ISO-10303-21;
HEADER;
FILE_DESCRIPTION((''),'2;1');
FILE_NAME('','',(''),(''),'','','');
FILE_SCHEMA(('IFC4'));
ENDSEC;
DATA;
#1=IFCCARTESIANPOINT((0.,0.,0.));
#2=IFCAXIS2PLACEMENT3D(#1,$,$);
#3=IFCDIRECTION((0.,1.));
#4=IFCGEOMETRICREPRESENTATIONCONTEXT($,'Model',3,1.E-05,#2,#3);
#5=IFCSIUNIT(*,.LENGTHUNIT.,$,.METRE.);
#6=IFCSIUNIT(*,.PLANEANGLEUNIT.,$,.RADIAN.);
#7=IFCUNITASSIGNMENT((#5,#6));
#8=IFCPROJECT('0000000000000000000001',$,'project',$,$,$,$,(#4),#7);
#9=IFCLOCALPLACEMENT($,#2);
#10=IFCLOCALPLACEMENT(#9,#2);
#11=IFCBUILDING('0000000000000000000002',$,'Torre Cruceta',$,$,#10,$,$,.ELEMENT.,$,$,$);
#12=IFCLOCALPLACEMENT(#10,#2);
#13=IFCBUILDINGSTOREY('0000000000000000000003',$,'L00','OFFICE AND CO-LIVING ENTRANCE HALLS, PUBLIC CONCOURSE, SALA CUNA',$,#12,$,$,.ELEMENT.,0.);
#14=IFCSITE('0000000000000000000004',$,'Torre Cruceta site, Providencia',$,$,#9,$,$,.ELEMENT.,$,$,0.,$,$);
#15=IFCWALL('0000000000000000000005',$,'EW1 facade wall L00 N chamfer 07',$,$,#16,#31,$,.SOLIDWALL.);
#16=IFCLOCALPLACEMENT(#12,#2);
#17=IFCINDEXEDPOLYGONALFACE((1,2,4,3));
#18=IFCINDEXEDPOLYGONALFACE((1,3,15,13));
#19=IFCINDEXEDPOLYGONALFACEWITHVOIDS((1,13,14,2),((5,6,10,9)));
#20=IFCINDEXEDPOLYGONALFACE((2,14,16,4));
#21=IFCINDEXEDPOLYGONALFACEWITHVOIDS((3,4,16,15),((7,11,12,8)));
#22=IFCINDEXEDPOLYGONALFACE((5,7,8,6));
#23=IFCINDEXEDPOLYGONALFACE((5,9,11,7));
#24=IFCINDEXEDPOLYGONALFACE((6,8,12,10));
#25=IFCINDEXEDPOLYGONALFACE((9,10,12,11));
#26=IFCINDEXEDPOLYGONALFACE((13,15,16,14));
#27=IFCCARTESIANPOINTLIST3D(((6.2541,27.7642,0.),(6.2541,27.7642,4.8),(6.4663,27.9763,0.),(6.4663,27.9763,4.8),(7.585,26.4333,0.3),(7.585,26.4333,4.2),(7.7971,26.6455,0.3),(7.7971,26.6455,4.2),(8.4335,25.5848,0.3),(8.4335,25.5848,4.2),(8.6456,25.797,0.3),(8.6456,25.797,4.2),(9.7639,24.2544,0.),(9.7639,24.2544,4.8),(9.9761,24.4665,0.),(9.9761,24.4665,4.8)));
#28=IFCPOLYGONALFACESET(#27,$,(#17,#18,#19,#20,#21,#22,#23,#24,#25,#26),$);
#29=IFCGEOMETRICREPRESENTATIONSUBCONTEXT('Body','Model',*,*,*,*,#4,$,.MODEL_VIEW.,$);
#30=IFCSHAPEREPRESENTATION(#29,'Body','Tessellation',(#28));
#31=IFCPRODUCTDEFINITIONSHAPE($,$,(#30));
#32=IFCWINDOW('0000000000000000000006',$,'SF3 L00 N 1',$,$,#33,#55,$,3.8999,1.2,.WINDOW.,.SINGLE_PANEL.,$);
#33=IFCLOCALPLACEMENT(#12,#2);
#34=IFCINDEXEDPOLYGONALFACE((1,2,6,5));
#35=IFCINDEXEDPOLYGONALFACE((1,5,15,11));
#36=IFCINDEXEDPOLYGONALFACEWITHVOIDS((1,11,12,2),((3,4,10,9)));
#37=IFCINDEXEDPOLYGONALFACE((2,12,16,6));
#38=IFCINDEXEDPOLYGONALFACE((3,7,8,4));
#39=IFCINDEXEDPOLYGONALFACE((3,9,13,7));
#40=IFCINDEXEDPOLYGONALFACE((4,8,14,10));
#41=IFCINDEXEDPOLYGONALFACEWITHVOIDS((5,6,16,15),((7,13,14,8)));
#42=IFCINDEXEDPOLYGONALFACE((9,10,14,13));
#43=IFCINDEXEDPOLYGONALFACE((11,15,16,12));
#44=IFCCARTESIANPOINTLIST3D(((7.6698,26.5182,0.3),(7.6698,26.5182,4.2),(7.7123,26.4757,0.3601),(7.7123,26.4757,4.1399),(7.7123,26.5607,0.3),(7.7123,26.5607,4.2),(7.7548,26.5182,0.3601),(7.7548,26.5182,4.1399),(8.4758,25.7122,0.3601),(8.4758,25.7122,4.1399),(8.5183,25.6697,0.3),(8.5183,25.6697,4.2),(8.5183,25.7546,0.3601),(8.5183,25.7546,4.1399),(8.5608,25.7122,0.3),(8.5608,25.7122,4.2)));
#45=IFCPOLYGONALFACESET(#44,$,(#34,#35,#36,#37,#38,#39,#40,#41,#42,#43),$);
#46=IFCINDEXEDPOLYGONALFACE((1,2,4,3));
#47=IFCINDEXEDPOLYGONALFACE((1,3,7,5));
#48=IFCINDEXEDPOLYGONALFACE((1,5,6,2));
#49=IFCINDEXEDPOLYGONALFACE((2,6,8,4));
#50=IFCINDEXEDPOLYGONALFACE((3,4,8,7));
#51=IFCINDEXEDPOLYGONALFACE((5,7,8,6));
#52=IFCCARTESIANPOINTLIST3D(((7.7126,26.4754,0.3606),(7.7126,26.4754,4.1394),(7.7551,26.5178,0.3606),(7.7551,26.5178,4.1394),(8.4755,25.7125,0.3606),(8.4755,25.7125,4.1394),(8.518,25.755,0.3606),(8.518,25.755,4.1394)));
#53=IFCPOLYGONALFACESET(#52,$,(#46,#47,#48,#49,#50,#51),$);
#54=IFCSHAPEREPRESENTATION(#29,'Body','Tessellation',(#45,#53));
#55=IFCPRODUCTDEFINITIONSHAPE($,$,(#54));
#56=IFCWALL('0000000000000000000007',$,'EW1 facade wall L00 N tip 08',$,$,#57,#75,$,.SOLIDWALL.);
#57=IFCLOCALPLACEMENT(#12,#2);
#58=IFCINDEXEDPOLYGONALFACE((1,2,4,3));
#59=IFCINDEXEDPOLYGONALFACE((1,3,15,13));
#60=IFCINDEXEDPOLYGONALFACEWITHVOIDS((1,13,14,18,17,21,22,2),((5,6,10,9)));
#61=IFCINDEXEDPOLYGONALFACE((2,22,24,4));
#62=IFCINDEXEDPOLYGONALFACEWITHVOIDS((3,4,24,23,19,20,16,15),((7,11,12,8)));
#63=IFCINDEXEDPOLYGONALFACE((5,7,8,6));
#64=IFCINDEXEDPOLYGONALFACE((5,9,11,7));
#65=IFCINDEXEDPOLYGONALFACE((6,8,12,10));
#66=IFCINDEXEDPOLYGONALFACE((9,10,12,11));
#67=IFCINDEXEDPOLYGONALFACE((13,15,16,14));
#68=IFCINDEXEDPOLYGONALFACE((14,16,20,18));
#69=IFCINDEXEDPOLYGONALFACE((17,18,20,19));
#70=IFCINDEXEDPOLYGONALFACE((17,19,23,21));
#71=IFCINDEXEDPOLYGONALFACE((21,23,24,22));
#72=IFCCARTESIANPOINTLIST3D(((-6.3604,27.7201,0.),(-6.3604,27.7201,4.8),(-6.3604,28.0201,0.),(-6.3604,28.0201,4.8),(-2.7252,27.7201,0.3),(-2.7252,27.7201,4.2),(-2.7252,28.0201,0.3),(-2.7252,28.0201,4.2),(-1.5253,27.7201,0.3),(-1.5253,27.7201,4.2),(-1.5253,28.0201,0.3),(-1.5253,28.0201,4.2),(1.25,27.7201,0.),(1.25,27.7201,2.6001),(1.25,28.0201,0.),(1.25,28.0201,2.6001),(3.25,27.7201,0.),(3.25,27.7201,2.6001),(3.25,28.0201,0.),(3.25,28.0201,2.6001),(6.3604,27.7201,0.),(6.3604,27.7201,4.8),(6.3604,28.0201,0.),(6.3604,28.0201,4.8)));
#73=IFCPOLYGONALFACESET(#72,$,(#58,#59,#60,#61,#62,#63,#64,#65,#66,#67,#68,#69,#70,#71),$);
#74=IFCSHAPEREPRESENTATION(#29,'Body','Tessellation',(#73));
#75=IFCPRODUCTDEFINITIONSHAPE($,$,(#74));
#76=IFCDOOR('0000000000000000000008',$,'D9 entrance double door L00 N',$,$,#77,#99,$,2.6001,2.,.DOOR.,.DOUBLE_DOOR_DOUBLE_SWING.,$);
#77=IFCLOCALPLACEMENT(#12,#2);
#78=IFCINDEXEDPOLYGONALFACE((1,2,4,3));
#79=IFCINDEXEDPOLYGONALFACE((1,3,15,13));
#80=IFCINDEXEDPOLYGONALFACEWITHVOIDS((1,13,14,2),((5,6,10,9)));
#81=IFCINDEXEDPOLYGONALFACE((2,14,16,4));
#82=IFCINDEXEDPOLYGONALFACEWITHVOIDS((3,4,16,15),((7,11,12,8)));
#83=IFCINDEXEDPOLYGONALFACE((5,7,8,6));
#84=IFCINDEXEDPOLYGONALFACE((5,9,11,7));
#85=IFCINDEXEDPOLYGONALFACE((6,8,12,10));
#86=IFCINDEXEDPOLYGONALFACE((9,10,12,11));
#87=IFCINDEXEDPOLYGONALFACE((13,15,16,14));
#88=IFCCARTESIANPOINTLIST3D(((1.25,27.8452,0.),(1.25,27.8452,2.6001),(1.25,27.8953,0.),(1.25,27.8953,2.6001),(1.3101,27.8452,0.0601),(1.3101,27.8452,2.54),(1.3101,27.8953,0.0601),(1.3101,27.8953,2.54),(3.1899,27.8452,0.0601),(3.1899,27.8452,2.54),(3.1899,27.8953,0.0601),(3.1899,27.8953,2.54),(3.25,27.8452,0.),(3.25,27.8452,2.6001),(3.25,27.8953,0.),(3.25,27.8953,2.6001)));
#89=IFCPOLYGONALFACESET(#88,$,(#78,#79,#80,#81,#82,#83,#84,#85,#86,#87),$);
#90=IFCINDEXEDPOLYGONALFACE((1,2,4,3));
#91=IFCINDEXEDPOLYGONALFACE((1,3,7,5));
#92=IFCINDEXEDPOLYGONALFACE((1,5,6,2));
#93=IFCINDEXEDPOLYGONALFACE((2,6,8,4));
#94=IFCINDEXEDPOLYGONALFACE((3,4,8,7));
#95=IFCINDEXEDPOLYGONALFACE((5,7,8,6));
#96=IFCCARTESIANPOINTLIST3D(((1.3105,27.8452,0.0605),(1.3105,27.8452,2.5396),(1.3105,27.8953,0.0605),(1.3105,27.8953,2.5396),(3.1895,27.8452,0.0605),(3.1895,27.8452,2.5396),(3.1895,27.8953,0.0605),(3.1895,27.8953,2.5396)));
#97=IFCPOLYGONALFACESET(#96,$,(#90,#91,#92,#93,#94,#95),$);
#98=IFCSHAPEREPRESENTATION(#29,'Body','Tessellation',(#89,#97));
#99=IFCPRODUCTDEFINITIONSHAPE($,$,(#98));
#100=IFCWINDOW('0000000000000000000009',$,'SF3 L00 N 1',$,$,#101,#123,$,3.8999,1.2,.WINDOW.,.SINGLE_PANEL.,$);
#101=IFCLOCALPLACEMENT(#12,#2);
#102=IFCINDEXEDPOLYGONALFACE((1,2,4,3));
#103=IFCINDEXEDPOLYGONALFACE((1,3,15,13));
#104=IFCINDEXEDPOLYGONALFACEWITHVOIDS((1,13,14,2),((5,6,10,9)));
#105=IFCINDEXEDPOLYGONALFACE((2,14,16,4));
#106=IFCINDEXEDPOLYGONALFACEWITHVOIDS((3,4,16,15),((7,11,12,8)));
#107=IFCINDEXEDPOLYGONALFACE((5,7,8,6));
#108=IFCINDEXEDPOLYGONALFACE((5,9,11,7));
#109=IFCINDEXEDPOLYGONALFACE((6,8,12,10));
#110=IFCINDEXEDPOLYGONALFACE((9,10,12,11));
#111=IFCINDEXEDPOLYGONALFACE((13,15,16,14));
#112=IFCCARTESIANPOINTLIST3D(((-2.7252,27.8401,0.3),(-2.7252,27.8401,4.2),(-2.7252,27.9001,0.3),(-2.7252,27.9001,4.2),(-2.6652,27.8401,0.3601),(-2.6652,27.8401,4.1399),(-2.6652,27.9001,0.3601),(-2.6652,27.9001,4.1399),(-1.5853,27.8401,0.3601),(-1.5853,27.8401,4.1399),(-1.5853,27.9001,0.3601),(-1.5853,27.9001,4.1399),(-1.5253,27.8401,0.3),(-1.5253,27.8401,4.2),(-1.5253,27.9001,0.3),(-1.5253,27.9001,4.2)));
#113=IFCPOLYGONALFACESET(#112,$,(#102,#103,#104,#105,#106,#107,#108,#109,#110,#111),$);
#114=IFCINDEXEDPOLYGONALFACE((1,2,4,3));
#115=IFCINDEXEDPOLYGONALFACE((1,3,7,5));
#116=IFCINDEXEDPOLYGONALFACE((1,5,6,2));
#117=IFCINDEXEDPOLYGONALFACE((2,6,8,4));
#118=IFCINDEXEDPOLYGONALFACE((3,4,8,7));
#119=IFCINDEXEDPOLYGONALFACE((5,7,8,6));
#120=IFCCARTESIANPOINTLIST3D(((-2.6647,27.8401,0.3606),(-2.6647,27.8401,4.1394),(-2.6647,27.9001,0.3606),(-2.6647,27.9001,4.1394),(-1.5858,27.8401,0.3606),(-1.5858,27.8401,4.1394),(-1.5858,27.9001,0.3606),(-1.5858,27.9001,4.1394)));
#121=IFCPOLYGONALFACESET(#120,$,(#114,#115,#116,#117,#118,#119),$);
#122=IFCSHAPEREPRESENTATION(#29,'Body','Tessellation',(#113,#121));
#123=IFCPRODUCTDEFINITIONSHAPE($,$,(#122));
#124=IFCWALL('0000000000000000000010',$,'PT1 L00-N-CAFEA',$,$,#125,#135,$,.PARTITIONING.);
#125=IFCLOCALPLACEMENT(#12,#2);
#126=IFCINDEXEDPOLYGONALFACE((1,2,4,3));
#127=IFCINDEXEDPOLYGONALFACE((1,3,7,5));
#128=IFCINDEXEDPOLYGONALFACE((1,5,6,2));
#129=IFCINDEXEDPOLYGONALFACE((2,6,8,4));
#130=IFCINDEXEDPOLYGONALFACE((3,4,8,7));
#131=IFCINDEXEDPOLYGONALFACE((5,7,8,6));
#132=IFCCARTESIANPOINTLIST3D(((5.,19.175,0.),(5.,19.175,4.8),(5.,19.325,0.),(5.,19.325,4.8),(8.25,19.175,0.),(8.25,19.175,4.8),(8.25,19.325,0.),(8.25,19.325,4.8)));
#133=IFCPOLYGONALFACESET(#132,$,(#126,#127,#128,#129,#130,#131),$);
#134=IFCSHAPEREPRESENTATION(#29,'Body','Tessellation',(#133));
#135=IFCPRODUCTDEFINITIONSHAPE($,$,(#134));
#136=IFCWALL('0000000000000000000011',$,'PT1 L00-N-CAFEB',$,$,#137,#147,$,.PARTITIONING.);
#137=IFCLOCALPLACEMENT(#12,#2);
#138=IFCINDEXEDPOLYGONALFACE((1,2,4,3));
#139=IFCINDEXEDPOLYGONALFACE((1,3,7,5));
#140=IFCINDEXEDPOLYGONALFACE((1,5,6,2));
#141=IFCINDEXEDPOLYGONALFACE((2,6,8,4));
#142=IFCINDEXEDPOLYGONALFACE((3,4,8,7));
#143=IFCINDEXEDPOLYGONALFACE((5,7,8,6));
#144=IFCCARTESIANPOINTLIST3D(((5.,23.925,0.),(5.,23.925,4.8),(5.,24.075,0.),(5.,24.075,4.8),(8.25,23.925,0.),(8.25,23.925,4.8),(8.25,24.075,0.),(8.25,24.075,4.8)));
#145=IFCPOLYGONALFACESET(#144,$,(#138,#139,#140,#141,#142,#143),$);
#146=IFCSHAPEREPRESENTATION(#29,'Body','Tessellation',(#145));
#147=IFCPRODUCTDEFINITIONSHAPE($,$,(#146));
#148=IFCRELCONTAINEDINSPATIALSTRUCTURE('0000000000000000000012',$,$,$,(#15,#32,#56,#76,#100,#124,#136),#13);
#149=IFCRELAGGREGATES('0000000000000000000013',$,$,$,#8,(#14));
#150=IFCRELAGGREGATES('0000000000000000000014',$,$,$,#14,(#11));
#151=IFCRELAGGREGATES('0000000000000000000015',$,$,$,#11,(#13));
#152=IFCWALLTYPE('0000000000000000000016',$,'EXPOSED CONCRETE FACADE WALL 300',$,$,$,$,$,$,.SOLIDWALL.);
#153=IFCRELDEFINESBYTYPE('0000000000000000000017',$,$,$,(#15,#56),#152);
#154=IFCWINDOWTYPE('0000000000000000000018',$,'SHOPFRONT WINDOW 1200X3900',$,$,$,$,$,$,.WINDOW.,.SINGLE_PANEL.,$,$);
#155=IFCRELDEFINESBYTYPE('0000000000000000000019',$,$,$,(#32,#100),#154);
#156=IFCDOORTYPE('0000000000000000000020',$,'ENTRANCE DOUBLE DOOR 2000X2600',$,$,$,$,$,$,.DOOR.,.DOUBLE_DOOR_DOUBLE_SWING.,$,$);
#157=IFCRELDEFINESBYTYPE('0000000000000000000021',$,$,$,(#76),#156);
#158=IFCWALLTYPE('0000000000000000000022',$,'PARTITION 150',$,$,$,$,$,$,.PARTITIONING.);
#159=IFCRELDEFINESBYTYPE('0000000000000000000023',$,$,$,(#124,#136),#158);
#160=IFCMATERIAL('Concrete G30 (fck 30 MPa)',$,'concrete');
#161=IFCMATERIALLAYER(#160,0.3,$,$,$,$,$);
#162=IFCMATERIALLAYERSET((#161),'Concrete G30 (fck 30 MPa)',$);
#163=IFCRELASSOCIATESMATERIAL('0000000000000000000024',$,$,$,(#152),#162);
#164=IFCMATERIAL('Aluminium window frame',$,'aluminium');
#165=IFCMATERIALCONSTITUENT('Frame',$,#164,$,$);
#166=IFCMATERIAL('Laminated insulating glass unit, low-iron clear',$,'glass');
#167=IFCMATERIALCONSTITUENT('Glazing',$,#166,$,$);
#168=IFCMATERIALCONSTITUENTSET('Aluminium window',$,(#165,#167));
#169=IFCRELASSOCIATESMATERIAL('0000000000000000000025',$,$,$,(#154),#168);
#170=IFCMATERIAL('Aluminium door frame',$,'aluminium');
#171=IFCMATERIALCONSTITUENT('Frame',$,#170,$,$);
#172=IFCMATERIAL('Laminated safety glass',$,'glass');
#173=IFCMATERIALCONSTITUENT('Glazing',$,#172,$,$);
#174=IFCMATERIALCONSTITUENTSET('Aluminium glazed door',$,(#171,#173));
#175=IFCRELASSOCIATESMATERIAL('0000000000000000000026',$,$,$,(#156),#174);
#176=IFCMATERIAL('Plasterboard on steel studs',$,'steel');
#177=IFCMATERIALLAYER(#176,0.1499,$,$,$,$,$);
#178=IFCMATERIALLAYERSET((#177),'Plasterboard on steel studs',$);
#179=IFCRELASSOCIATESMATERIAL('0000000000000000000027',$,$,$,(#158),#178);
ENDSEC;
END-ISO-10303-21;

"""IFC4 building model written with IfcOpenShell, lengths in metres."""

from ifc_helpers import new_model, si_unit, direction, frame, frame_2d, origin, place, context, subcontext, project, spatial, rectangle, hollow_rectangle, extrude, material, layer, layer_set, constituent, constituent_set, type_object, element, fill, save


model = new_model("IFC4")

# Units and contexts
model_context = context("Model", 3, precision=1e-05, world=origin(), true_north=direction((0.0, 1.0)))
body_context = subcontext(model_context, "Body", "Model", "MODEL_VIEW")
ifc_project = project(units=[si_unit("LENGTHUNIT", "METRE"), si_unit("PLANEANGLEUNIT", "RADIAN")], contexts=[model_context])

# Site, building, storey
site_placement = place(None, origin())
site = spatial("IfcSite", under=ifc_project, at=site_placement, Name="Torre Cruceta site, Providencia", CompositionType="ELEMENT", RefElevation=0.0)
building_placement = place(site_placement, origin())
building = spatial("IfcBuilding", under=site, at=building_placement, Name="Torre Cruceta", CompositionType="ELEMENT")
storey_placement = place(building_placement, origin())
storey = spatial("IfcBuildingStorey", under=building, at=storey_placement, Name="L00", Description="OFFICE AND CO-LIVING ENTRANCE HALLS, PUBLIC CONCOURSE, SALA CUNA", CompositionType="ELEMENT", Elevation=0.0)

# Wall, opening, window
ifc_material_1 = material(Name="Concrete G30 (fck 30 MPa)", Category="concrete")
ifc_layer_1 = layer(ifc_material_1, 0.3)
ifc_layer_set_1 = layer_set([ifc_layer_1], Name="Concrete G30 (fck 30 MPa)")
wall_type_1 = type_object("IfcWallType", Name="EXPOSED CONCRETE FACADE WALL 300", PredefinedType="SOLIDWALL", material=ifc_layer_set_1)
wall_1_placement = place(storey_placement, frame((9.8701, 24.3604, 0.0), z_axis=(0.0, 0.0, 1.0), x_axis=(-0.707107, 0.707107, 0.0)))
wall_1 = element("IfcWall", 1, at=wall_1_placement, inside=storey, type_object=wall_type_1, Name="EW1 facade wall L00 N chamfer 07", PredefinedType="SOLIDWALL", context=body_context, shape_type="SweptSolid", body=[
    extrude(rectangle(XDim=4.9636, YDim=0.3, at=frame_2d((2.4819, 0.0))), origin(), (0.0, 0.0, 1.0), 4.8),
])
opening_1_placement = place(wall_1_placement, frame((1.8816, 0.0, 0.3)))
opening_1 = element("IfcOpeningElement", 2, at=opening_1_placement, cuts=wall_1, PredefinedType="OPENING", context=body_context, shape_type="SweptSolid", body=[
    extrude(rectangle(XDim=1.2, YDim=3.8999, at=frame_2d((0.6001, 1.95))), frame((0.0, 0.1599, 0.0), z_axis=(0.0, -1.0, 0.0), x_axis=(1.0, 0.0, 0.0)), (0.0, 0.0, 1.0), 0.3201),
])
ifc_material_2 = material(Name="Aluminium window frame", Category="aluminium")
ifc_constituent_1 = constituent(ifc_material_2, Name="Frame")
ifc_material_3 = material(Name="Laminated insulating glass unit, low-iron clear", Category="glass")
ifc_constituent_2 = constituent(ifc_material_3, Name="Glazing")
ifc_constituent_set_1 = constituent_set(constituents=[ifc_constituent_1, ifc_constituent_2], Name="Aluminium window")
window_type_1 = type_object("IfcWindowType", Name="SHOPFRONT WINDOW 1200X3900", PartitioningType="SINGLE_PANEL", PredefinedType="WINDOW", material=ifc_constituent_set_1)
window_1_placement = place(opening_1_placement, origin())
window_1 = element("IfcWindow", 3, at=window_1_placement, inside=storey, type_object=window_type_1, Name="SF3 L00 N 1", OverallHeight=3.8999, OverallWidth=1.2, PartitioningType="SINGLE_PANEL", PredefinedType="WINDOW", context=body_context, shape_type="SweptSolid", body=[
    extrude(hollow_rectangle(XDim=1.2, YDim=3.8999, WallThickness=0.0601, at=frame_2d((0.6001, 1.95))), frame((0.0, 0.03, 0.0), z_axis=(0.0, -1.0, 0.0), x_axis=(1.0, 0.0, 0.0)), (0.0, 0.0, 1.0), 0.0601),
    extrude(rectangle(XDim=1.0789, YDim=3.7788, at=frame_2d((0.6001, 1.95))), frame((0.0, 0.03, 0.0), z_axis=(0.0, -1.0, 0.0), x_axis=(1.0, 0.0, 0.0)), (0.0, 0.0, 1.0), 0.0601),
])
fill(opening_1, window_1)

# Wall, openings, door, window
wall_2_placement = place(storey_placement, frame((6.3604, 27.8701, 0.0), z_axis=(0.0, 0.0, 1.0), x_axis=(-1.0, 0.0, 0.0)))
wall_2 = element("IfcWall", 4, at=wall_2_placement, inside=storey, type_object=wall_type_1, Name="EW1 facade wall L00 N tip 08", PredefinedType="SOLIDWALL", context=body_context, shape_type="SweptSolid", body=[
    extrude(rectangle(XDim=12.7207, YDim=0.3, at=frame_2d((6.3604, 0.0))), origin(), (0.0, 0.0, 1.0), 4.8),
])
opening_2_placement = place(wall_2_placement, frame((3.1104, 0.0, 0.0)))
opening_2 = element("IfcOpeningElement", 5, at=opening_2_placement, cuts=wall_2, PredefinedType="OPENING", context=body_context, shape_type="SweptSolid", body=[
    extrude(rectangle(XDim=2.0, YDim=2.6001, at=frame_2d((1.0, 1.3))), frame((0.0, 0.1599, 0.0), z_axis=(0.0, -1.0, 0.0), x_axis=(1.0, 0.0, 0.0)), (0.0, 0.0, 1.0), 0.3201),
])
opening_3_placement = place(wall_2_placement, frame((7.8855, 0.0, 0.3)))
opening_3 = element("IfcOpeningElement", 6, at=opening_3_placement, cuts=wall_2, PredefinedType="OPENING", context=body_context, shape_type="SweptSolid", body=[
    extrude(rectangle(XDim=1.2, YDim=3.8999, at=frame_2d((0.6001, 1.95))), frame((0.0, 0.1599, 0.0), z_axis=(0.0, -1.0, 0.0), x_axis=(1.0, 0.0, 0.0)), (0.0, 0.0, 1.0), 0.3201),
])
ifc_material_4 = material(Name="Aluminium door frame", Category="aluminium")
ifc_constituent_3 = constituent(ifc_material_4, Name="Frame")
ifc_material_5 = material(Name="Laminated safety glass", Category="glass")
ifc_constituent_4 = constituent(ifc_material_5, Name="Glazing")
ifc_constituent_set_2 = constituent_set(constituents=[ifc_constituent_3, ifc_constituent_4], Name="Aluminium glazed door")
door_type_1 = type_object("IfcDoorType", Name="ENTRANCE DOUBLE DOOR 2000X2600", OperationType="DOUBLE_DOOR_DOUBLE_SWING", PredefinedType="DOOR", material=ifc_constituent_set_2)
door_1_placement = place(opening_2_placement, origin())
door_1 = element("IfcDoor", 7, at=door_1_placement, inside=storey, type_object=door_type_1, Name="D9 entrance double door L00 N", OperationType="DOUBLE_DOOR_DOUBLE_SWING", OverallHeight=2.6001, OverallWidth=2.0, PredefinedType="DOOR", context=body_context, shape_type="SweptSolid", body=[
    extrude(hollow_rectangle(XDim=2.0, YDim=2.6001, WallThickness=0.0601, at=frame_2d((1.0, 1.3))), frame((0.0, 0.0249, 0.0), z_axis=(0.0, -1.0, 0.0), x_axis=(1.0, 0.0, 0.0)), (0.0, 0.0, 1.0), 0.05),
    extrude(rectangle(XDim=1.8789, YDim=2.479, at=frame_2d((1.0, 1.3))), frame((0.0, 0.0249, 0.0), z_axis=(0.0, -1.0, 0.0), x_axis=(1.0, 0.0, 0.0)), (0.0, 0.0, 1.0), 0.05),
])
fill(opening_2, door_1)
window_2_placement = place(opening_3_placement, origin())
window_2 = element("IfcWindow", 8, at=window_2_placement, inside=storey, type_object=window_type_1, Name="SF3 L00 N 1", OverallHeight=3.8999, OverallWidth=1.2, PartitioningType="SINGLE_PANEL", PredefinedType="WINDOW", context=body_context, shape_type="SweptSolid", body=[
    extrude(hollow_rectangle(XDim=1.2, YDim=3.8999, WallThickness=0.0601, at=frame_2d((0.6001, 1.95))), frame((0.0, 0.03, 0.0), z_axis=(0.0, -1.0, 0.0), x_axis=(1.0, 0.0, 0.0)), (0.0, 0.0, 1.0), 0.0601),
    extrude(rectangle(XDim=1.0789, YDim=3.7788, at=frame_2d((0.6001, 1.95))), frame((0.0, 0.03, 0.0), z_axis=(0.0, -1.0, 0.0), x_axis=(1.0, 0.0, 0.0)), (0.0, 0.0, 1.0), 0.0601),
])
fill(opening_3, window_2)

# Walls
ifc_material_6 = material(Name="Plasterboard on steel studs", Category="steel")
ifc_layer_2 = layer(ifc_material_6, 0.1499)
ifc_layer_set_2 = layer_set([ifc_layer_2], Name="Plasterboard on steel studs")
wall_type_2 = type_object("IfcWallType", Name="PARTITION 150", PredefinedType="PARTITIONING", material=ifc_layer_set_2)
for number, where, z_axis, x_axis, name in (
    (9, (8.25, 19.25, 0.0), (0.0, 0.0, 1.0), (-1.0, 0.0, 0.0), "PT1 L00-N-CAFEA"),
    (10, (8.25, 24.0, 0.0), (0.0, 0.0, 1.0), (-1.0, 0.0, 0.0), "PT1 L00-N-CAFEB"),
):
    element("IfcWall", number, at=place(storey_placement, frame(where, z_axis=z_axis, x_axis=x_axis)), inside=storey, type_object=wall_type_2, Name=name, PredefinedType="PARTITIONING", context=body_context, shape_type="SweptSolid", body=[
        extrude(rectangle(XDim=3.25, YDim=0.1499, at=frame_2d((1.625, 0.0))), origin(), (0.0, 0.0, 1.0), 4.8),
    ])

save(model, "model.ifc")
